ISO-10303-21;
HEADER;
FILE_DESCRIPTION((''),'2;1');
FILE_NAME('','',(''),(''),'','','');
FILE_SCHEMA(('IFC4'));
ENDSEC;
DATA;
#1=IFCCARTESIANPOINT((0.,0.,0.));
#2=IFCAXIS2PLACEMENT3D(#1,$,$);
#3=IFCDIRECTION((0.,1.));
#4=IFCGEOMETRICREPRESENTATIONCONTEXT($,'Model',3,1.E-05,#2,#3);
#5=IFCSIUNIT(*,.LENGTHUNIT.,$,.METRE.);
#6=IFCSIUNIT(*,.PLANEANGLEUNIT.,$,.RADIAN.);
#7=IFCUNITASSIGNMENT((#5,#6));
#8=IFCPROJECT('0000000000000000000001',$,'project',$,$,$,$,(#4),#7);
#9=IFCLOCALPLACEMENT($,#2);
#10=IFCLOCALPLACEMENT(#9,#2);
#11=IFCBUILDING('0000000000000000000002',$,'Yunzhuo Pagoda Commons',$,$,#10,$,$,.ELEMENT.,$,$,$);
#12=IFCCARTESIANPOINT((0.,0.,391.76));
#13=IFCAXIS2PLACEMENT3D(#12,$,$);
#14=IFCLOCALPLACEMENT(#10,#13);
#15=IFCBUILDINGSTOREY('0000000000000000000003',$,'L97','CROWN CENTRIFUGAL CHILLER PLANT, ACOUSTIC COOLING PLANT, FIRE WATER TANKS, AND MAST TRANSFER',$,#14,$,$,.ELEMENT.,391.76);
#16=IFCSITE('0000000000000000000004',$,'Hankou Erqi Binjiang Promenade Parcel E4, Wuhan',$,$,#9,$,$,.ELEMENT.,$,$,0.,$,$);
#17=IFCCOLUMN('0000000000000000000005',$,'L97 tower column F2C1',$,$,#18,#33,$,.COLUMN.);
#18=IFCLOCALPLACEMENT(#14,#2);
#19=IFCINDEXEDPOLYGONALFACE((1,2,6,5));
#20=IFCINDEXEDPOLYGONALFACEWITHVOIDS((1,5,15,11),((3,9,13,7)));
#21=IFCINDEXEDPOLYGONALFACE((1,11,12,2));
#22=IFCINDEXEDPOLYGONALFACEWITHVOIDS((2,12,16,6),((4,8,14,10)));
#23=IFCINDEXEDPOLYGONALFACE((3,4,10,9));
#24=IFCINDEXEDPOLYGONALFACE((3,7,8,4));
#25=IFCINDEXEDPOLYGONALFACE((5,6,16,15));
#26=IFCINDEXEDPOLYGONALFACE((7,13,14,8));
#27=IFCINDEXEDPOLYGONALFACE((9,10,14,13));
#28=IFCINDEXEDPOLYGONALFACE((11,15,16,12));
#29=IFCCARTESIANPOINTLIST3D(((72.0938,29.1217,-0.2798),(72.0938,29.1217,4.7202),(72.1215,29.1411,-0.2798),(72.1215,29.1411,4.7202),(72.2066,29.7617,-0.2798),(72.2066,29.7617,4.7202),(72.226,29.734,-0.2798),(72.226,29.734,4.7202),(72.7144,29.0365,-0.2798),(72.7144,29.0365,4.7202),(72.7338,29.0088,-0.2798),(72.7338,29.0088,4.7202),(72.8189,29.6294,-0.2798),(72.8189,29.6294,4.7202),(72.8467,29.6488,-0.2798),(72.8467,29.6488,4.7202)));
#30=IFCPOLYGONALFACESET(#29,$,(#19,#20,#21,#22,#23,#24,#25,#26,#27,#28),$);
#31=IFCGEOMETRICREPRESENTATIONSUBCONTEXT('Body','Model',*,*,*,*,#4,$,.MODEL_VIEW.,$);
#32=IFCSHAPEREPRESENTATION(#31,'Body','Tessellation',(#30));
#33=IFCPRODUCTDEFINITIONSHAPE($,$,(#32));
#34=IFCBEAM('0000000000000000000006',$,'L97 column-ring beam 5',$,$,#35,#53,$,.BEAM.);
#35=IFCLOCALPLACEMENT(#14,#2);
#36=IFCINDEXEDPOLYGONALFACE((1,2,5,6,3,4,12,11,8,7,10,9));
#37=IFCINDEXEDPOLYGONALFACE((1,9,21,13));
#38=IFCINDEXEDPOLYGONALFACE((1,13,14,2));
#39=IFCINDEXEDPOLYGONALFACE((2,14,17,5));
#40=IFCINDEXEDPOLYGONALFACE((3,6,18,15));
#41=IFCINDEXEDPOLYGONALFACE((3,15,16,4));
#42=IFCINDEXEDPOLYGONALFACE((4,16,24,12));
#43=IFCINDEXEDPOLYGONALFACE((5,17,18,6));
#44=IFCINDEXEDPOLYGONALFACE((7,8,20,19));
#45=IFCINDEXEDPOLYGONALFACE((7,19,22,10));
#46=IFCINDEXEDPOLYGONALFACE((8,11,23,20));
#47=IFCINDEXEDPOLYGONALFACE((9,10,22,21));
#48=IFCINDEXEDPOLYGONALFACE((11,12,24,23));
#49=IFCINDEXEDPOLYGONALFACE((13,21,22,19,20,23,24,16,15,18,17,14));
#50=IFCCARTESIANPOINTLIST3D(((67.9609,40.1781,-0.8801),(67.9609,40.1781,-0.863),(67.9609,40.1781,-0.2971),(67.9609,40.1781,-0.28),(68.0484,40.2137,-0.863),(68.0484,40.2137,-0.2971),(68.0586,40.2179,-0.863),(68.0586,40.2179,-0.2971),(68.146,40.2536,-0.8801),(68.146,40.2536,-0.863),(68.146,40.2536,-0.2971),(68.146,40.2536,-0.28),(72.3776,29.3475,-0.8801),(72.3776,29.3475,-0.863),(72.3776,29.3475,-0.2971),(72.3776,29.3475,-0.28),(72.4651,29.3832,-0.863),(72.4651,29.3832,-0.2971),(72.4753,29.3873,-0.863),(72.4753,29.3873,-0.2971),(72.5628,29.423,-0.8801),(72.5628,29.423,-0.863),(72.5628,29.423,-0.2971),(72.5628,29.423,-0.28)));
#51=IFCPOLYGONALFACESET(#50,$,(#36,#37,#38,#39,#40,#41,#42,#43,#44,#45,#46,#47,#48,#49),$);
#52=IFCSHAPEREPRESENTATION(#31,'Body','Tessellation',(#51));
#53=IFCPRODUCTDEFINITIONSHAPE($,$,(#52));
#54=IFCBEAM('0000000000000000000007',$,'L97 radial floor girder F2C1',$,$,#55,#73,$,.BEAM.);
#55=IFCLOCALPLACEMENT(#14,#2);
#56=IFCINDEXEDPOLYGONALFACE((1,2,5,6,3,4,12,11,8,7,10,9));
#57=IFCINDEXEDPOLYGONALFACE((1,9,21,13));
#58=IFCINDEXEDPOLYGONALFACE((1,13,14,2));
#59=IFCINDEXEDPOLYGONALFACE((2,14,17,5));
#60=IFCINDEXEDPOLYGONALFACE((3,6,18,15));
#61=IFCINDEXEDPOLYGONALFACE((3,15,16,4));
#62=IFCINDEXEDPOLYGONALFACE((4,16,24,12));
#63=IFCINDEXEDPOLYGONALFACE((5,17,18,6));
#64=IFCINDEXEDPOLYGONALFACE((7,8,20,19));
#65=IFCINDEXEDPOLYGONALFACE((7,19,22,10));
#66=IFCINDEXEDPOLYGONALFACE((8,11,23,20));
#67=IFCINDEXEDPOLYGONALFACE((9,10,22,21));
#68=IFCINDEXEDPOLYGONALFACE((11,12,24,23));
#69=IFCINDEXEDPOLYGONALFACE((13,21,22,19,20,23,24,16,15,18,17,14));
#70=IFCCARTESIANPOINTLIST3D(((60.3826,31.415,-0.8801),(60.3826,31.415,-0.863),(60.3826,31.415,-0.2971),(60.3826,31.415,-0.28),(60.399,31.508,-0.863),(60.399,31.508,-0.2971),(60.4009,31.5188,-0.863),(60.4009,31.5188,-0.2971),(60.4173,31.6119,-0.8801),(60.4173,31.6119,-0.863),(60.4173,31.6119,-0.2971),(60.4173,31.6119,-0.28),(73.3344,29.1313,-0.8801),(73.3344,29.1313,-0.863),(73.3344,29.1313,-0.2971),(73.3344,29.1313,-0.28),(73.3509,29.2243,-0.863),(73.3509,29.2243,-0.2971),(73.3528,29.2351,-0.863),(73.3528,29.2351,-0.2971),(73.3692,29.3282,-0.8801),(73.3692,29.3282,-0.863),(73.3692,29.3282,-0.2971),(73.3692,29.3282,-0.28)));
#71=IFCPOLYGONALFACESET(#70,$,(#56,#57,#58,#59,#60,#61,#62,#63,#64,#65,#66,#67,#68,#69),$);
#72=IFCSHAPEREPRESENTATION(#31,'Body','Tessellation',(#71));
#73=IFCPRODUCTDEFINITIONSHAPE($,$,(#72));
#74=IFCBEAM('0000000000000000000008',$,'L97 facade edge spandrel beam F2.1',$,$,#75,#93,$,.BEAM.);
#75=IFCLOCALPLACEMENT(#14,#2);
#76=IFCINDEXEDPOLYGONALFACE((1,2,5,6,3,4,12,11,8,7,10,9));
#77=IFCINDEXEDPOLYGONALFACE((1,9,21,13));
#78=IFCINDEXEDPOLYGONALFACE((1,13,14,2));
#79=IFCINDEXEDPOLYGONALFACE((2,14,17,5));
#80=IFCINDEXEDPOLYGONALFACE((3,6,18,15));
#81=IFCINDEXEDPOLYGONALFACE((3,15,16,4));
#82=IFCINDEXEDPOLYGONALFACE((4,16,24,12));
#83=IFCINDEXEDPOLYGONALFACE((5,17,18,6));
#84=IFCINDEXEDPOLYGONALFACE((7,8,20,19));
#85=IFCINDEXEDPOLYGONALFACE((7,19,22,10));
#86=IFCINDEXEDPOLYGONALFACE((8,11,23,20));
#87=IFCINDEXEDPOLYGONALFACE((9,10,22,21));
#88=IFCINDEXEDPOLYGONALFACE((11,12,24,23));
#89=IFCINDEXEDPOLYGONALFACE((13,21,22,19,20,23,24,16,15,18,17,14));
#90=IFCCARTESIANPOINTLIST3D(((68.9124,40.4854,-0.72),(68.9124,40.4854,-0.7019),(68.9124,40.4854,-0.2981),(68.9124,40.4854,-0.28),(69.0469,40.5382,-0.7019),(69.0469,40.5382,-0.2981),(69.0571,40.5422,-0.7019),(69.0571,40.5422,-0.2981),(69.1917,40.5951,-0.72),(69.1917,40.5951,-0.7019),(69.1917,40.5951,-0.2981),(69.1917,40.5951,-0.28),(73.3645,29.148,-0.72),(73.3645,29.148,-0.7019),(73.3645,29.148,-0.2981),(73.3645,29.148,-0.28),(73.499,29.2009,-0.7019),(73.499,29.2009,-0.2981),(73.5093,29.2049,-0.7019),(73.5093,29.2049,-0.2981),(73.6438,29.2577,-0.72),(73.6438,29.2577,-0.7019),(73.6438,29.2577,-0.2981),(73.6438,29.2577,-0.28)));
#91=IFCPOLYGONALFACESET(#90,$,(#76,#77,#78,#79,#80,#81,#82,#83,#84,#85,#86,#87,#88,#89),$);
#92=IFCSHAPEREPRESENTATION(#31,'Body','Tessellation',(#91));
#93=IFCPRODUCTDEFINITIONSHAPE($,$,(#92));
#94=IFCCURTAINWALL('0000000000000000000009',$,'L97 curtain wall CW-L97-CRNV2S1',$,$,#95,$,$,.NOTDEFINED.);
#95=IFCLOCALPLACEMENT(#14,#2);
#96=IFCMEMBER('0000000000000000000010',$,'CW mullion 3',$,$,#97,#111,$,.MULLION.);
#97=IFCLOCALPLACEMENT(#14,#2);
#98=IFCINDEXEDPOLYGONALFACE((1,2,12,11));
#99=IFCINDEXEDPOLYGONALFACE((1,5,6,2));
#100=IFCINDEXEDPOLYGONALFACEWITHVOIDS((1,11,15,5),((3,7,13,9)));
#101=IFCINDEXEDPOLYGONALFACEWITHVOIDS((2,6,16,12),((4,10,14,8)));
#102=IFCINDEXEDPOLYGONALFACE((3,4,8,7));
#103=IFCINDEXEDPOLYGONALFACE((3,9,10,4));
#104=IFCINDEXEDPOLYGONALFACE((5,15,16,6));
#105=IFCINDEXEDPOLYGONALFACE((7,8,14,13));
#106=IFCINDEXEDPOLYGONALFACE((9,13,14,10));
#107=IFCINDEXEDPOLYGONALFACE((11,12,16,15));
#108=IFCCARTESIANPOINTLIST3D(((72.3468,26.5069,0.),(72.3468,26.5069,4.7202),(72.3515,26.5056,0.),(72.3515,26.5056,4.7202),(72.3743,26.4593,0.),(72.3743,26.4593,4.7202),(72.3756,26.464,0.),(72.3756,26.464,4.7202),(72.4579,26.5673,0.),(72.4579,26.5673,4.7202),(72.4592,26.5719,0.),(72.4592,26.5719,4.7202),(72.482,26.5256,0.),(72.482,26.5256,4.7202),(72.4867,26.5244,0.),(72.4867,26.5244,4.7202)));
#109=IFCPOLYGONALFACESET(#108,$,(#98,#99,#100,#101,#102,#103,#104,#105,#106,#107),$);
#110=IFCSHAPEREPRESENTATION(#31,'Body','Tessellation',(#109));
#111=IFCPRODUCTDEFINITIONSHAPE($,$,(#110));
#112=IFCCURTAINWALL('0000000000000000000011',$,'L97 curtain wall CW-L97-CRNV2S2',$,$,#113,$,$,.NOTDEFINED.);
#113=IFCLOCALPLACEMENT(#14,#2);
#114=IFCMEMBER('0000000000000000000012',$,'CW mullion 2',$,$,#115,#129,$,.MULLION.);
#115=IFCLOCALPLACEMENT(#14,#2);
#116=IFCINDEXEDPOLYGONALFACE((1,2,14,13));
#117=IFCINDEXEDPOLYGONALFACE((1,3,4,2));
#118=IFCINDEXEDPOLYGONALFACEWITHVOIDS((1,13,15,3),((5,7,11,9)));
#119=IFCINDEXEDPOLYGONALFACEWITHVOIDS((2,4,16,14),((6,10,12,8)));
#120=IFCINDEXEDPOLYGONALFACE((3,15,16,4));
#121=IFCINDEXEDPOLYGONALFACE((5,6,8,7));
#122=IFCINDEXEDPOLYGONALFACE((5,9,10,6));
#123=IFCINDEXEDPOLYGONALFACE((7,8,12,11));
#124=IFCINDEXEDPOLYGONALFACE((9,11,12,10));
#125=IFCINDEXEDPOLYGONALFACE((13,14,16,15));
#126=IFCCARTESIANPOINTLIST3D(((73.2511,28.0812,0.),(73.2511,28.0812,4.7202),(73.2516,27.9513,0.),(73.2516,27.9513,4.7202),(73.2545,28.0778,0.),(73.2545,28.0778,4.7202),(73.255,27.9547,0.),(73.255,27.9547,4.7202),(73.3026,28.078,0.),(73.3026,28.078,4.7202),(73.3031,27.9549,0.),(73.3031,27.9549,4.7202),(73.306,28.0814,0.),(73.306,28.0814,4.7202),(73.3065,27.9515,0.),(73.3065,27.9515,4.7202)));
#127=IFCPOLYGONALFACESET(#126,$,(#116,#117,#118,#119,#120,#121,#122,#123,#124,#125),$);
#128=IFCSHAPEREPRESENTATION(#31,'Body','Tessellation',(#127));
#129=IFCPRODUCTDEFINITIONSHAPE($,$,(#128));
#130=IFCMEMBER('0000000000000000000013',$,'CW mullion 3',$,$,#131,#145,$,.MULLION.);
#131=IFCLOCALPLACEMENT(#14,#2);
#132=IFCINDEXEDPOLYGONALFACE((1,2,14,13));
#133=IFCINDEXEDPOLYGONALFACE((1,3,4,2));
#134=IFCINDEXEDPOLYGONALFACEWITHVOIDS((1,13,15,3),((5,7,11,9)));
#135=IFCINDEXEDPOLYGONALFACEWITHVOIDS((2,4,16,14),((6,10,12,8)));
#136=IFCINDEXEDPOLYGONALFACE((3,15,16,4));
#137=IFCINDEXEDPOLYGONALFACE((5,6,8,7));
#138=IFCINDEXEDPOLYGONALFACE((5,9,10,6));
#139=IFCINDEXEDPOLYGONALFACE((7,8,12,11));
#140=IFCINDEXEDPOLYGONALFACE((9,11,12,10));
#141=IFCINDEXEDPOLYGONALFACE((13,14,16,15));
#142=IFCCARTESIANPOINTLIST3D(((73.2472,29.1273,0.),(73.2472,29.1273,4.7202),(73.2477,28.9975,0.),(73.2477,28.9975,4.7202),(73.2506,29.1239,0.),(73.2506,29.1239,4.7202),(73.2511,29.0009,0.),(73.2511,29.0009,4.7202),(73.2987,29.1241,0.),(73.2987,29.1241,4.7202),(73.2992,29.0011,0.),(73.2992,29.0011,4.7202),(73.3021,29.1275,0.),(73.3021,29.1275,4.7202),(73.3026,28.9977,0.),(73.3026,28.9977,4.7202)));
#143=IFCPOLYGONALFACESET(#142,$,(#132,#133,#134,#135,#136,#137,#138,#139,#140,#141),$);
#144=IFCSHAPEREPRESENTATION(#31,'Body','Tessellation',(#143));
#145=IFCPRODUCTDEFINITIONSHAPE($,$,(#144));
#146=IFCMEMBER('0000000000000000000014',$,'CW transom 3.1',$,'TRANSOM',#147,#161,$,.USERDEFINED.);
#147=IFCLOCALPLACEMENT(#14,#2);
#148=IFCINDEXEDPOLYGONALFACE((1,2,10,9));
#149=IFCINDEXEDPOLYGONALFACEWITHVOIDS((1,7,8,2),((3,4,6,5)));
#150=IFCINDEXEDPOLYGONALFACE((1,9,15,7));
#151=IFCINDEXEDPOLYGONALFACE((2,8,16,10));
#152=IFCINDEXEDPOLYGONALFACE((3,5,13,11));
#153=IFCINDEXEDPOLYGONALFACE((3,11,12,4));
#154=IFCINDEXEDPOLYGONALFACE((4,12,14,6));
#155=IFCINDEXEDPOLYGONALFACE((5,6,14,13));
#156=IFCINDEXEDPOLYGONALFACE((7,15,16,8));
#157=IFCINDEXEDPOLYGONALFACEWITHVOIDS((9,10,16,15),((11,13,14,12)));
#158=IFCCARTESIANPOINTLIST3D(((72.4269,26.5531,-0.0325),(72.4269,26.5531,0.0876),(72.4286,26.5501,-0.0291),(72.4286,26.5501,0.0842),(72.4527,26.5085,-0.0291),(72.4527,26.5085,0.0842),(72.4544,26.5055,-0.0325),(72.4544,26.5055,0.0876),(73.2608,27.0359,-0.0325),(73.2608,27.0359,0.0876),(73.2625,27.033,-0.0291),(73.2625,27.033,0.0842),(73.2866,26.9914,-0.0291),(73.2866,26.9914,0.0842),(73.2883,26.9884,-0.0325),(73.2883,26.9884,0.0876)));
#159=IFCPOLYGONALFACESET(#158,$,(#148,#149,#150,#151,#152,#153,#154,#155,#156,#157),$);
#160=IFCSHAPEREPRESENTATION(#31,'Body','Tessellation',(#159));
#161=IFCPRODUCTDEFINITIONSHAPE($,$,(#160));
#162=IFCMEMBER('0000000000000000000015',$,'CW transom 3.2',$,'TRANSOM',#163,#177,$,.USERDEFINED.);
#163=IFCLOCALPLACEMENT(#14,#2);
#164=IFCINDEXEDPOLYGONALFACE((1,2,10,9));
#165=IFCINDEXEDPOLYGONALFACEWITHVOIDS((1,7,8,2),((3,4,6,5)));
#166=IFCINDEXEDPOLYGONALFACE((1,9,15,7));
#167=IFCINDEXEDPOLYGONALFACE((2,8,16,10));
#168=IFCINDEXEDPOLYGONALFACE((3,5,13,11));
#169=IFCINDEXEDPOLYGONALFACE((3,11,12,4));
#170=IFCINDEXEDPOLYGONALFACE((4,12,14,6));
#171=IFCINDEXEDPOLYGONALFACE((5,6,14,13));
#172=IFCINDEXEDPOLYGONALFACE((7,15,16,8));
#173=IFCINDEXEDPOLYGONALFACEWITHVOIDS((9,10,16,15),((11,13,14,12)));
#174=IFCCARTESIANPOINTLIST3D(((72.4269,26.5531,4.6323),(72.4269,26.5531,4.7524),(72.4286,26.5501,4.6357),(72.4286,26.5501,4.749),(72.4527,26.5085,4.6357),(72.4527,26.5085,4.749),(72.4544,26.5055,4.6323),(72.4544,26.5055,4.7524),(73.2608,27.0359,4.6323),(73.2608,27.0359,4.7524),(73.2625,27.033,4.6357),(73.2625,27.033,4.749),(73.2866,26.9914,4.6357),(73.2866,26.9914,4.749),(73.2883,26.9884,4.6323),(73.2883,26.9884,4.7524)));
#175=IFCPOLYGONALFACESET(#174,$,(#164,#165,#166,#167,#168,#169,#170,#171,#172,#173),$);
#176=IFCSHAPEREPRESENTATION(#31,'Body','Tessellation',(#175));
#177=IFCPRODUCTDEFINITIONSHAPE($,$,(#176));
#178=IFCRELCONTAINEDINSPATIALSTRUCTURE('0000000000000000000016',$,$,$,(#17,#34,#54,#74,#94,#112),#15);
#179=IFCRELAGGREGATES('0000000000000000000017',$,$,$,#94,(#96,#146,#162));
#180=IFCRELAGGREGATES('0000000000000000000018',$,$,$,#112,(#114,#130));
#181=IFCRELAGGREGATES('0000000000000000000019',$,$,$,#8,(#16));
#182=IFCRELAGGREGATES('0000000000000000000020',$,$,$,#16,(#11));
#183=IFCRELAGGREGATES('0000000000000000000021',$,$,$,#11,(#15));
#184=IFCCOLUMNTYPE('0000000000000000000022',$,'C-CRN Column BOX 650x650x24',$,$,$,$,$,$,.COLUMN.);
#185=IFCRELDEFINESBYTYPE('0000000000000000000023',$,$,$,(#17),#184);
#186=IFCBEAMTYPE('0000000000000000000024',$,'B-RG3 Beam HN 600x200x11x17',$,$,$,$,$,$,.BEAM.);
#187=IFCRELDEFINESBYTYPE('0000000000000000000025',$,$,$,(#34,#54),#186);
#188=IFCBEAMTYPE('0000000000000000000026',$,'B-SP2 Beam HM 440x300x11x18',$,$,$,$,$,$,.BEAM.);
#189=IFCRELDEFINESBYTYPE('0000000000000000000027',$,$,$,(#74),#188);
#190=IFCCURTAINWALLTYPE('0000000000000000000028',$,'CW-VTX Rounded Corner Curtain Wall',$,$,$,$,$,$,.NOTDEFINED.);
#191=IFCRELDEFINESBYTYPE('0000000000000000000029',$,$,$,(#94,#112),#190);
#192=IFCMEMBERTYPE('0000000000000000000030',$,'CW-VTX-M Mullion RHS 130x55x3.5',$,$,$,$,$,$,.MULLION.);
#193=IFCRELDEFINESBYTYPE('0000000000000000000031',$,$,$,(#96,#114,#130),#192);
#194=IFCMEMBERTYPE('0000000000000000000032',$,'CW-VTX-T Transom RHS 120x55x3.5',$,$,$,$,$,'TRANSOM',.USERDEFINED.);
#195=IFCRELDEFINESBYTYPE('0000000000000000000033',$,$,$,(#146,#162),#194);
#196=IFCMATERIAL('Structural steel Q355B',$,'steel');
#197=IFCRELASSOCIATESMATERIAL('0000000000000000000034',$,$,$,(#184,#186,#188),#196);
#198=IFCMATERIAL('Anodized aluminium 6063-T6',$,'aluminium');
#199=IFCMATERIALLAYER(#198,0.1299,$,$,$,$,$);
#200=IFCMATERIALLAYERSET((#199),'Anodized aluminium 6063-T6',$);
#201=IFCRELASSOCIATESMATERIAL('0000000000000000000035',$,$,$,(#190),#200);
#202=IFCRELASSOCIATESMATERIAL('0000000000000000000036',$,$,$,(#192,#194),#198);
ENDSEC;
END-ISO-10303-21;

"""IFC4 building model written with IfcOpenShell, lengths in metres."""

from ifc_helpers import new_model, si_unit, direction, frame, origin, origin_2d, place, context, subcontext, project, spatial, hollow_rectangle, i_section, extrude, source, transform, mapped, material, layer, layer_set, material_profile, profile_set, type_object, element, aggregate, save


model = new_model("IFC4")

# Units and contexts
model_context = context("Model", 3, precision=1e-05, world=origin(), true_north=direction((0.0, 1.0)))
body_context = subcontext(model_context, "Body", "Model", "MODEL_VIEW")
ifc_project = project(units=[si_unit("LENGTHUNIT", "METRE"), si_unit("PLANEANGLEUNIT", "RADIAN")], contexts=[model_context])

# Site, building, storey
site_placement = place(None, origin())
site = spatial("IfcSite", under=ifc_project, at=site_placement, Name="Hankou Erqi Binjiang Promenade Parcel E4, Wuhan", CompositionType="ELEMENT", RefElevation=0.0)
building_placement = place(site_placement, origin())
building = spatial("IfcBuilding", under=site, at=building_placement, Name="Yunzhuo Pagoda Commons", CompositionType="ELEMENT")
storey_placement = place(building_placement, frame((0.0, 0.0, 391.76)))
storey = spatial("IfcBuildingStorey", under=building, at=storey_placement, Name="L97", Description="CROWN CENTRIFUGAL CHILLER PLANT, ACOUSTIC COOLING PLANT, FIRE WATER TANKS, AND MAST TRANSFER", CompositionType="ELEMENT", Elevation=391.76)

# Column
ifc_material_1 = material(Name="Structural steel Q355B", Category="steel")
ifc_material_profile_1 = material_profile(ifc_material_1, hollow_rectangle(XDim=0.6499, YDim=0.6499, WallThickness=0.0239, at=origin_2d()), Name="Structural steel Q355B")
ifc_profile_set_1 = profile_set([ifc_material_profile_1], Name="Structural steel Q355B")
column_type = type_object("IfcColumnType", Name="C-CRN Column BOX 650x650x24", PredefinedType="COLUMN", material=ifc_profile_set_1)
shared_shape_1 = source(origin(), body_context, "Body", "SweptSolid", [
    extrude(hollow_rectangle(XDim=0.6499, YDim=0.6499, WallThickness=0.0239, at=origin_2d()), origin(), (0.0, 0.0, 1.0), 5.0),
])
column_placement = place(storey_placement, frame((72.4702, 29.3853, -0.2798), z_axis=(0.0, 0.0, 1.0), x_axis=(0.173648, 0.984808, 0.0)))
element("IfcColumn", 1, at=column_placement, inside=storey, type_object=column_type, Name="L97 tower column F2C1", PredefinedType="COLUMN", context=body_context, shape_type="MappedRepresentation", body=[
    mapped(shared_shape_1, transform((0.0, 0.0, 0.0), scale=1.0)),
])

# Beams
ifc_material_profile_2 = material_profile(ifc_material_1, i_section(OverallWidth=0.2, OverallDepth=0.6001, WebThickness=0.011, FlangeThickness=0.0171, at=origin_2d()), Name="Structural steel Q355B")
ifc_profile_set_2 = profile_set([ifc_material_profile_2], Name="Structural steel Q355B")
beam_type_1 = type_object("IfcBeamType", Name="B-RG3 Beam HN 600x200x11x17", PredefinedType="BEAM", material=ifc_profile_set_2)
shared_shape_2 = source(origin(), body_context, "Body", "SweptSolid", [
    extrude(i_section(OverallWidth=0.2, OverallDepth=0.6001, WebThickness=0.011, FlangeThickness=0.0171, at=origin_2d()), origin(), (0.0, 0.0, 1.0), 11.6965),
])
beam_1_placement = place(storey_placement, frame((72.4702, 29.3853, -0.5801), z_axis=(-0.377612, 0.925964, 0.0), x_axis=(-0.925964, -0.377612, 0.0)))
element("IfcBeam", 2, at=beam_1_placement, inside=storey, type_object=beam_type_1, Name="L97 column-ring beam 5", PredefinedType="BEAM", context=body_context, shape_type="MappedRepresentation", body=[
    mapped(shared_shape_2, transform((0.0, 0.0, 0.0), scale=1.0)),
])
shared_shape_3 = source(origin(), body_context, "Body", "SweptSolid", [
    extrude(i_section(OverallWidth=0.2, OverallDepth=0.6001, WebThickness=0.011, FlangeThickness=0.0171, at=origin_2d()), origin(), (0.0, 0.0, 1.0), 13.1516),
])
beam_2_placement = place(storey_placement, frame((73.3518, 29.2297, -0.5801), z_axis=(-0.984809, 0.173642, 0.0), x_axis=(-0.173642, -0.984809, 0.0)))
element("IfcBeam", 3, at=beam_2_placement, inside=storey, type_object=beam_type_1, Name="L97 radial floor girder F2C1", PredefinedType="BEAM", context=body_context, shape_type="MappedRepresentation", body=[
    mapped(shared_shape_3, transform((0.0, 0.0, 0.0), scale=1.0)),
])
ifc_material_profile_3 = material_profile(ifc_material_1, i_section(OverallWidth=0.3, OverallDepth=0.4399, WebThickness=0.011, FlangeThickness=0.0181, at=origin_2d()), Name="Structural steel Q355B")
ifc_profile_set_3 = profile_set([ifc_material_profile_3], Name="Structural steel Q355B")
beam_type_2 = type_object("IfcBeamType", Name="B-SP2 Beam HM 440x300x11x18", PredefinedType="BEAM", material=ifc_profile_set_3)
shared_shape_4 = source(origin(), body_context, "Body", "SweptSolid", [
    extrude(i_section(OverallWidth=0.3, OverallDepth=0.4399, WebThickness=0.011, FlangeThickness=0.0181, at=origin_2d()), origin(), (0.0, 0.0, 1.0), 12.1802),
])
beam_3_placement = place(storey_placement, frame((73.5042, 29.2029, -0.5), z_axis=(-0.365522, 0.930803, 0.0), x_axis=(-0.930803, -0.365522, 0.0)))
element("IfcBeam", 4, at=beam_3_placement, inside=storey, type_object=beam_type_2, Name="L97 facade edge spandrel beam F2.1", PredefinedType="BEAM", context=body_context, shape_type="MappedRepresentation", body=[
    mapped(shared_shape_4, transform((0.0, 0.0, 0.0), scale=1.0)),
])

# Curtain wall, member
ifc_material_2 = material(Name="Anodized aluminium 6063-T6", Category="aluminium")
ifc_layer_1 = layer(ifc_material_2, 0.1299)
ifc_layer_set_1 = layer_set([ifc_layer_1], Name="Anodized aluminium 6063-T6")
curtain_wall_type = type_object("IfcCurtainWallType", Name="CW-VTX Rounded Corner Curtain Wall", PredefinedType="NOTDEFINED", material=ifc_layer_set_1)
curtain_wall_1_placement = place(storey_placement, origin())
curtain_wall_1 = element("IfcCurtainWall", 5, at=curtain_wall_1_placement, inside=storey, type_object=curtain_wall_type, Name="L97 curtain wall CW-L97-CRNV2S1", PredefinedType="NOTDEFINED")
ifc_material_profile_4 = material_profile(ifc_material_2, hollow_rectangle(XDim=0.0549, YDim=0.1299, WallThickness=0.0034, at=origin_2d()), Name="Anodized aluminium 6063-T6")
ifc_profile_set_4 = profile_set([ifc_material_profile_4], Name="Anodized aluminium 6063-T6")
member_type_1 = type_object("IfcMemberType", Name="CW-VTX-M Mullion RHS 130x55x3.5", PredefinedType="MULLION", material=ifc_profile_set_4)
shared_shape_5 = source(origin(), body_context, "Body", "SweptSolid", [
    extrude(hollow_rectangle(XDim=0.0549, YDim=0.1299, WallThickness=0.0034, at=origin_2d()), origin(), (0.0, 0.0, 1.0), 4.7202),
])
member_1_placement = place(storey_placement, frame((72.4167, 26.5156, 0.0), z_axis=(0.0, 0.0, 1.0), x_axis=(-0.501041, 0.865423, 0.0)))
member_1 = element("IfcMember", 6, at=member_1_placement, type_object=member_type_1, Name="CW mullion 3", PredefinedType="MULLION", context=body_context, shape_type="MappedRepresentation", body=[
    mapped(shared_shape_5, transform((0.0, 0.0, 0.0), scale=1.0)),
])

# Curtain wall, members
curtain_wall_2_placement = place(storey_placement, origin())
curtain_wall_2 = element("IfcCurtainWall", 7, at=curtain_wall_2_placement, inside=storey, type_object=curtain_wall_type, Name="L97 curtain wall CW-L97-CRNV2S2", PredefinedType="NOTDEFINED")
member_2_placement = place(storey_placement, frame((73.2788, 28.0164, 0.0), z_axis=(0.0, 0.0, 1.0), x_axis=(-0.999994, -0.003569, 0.0)))
member_2 = element("IfcMember", 8, at=member_2_placement, type_object=member_type_1, Name="CW mullion 2", PredefinedType="MULLION", context=body_context, shape_type="MappedRepresentation", body=[
    mapped(shared_shape_5, transform((0.0, 0.0, 0.0), scale=1.0)),
])
member_3_placement = place(storey_placement, frame((73.2749, 29.0625, 0.0), z_axis=(0.0, 0.0, 1.0), x_axis=(-0.999994, -0.003569, 0.0)))
member_3 = element("IfcMember", 9, at=member_3_placement, type_object=member_type_1, Name="CW mullion 3", PredefinedType="MULLION", context=body_context, shape_type="MappedRepresentation", body=[
    mapped(shared_shape_5, transform((0.0, 0.0, 0.0), scale=1.0)),
])

# Members
ifc_material_profile_5 = material_profile(ifc_material_2, hollow_rectangle(XDim=0.0549, YDim=0.1201, WallThickness=0.0034, at=origin_2d()), Name="Anodized aluminium 6063-T6")
ifc_profile_set_5 = profile_set([ifc_material_profile_5], Name="Anodized aluminium 6063-T6")
member_type_2 = type_object("IfcMemberType", Name="CW-VTX-T Transom RHS 120x55x3.5", ElementType="TRANSOM", PredefinedType="USERDEFINED", material=ifc_profile_set_5)
shared_shape_6 = source(origin(), body_context, "Body", "SweptSolid", [
    extrude(hollow_rectangle(XDim=0.0549, YDim=0.1201, WallThickness=0.0034, at=origin_2d()), origin(), (0.0, 0.0, 1.0), 0.9636),
])
member_4_placement = place(storey_placement, frame((72.4407, 26.5293, 0.0276), z_axis=(0.865392, 0.501096, 0.0), x_axis=(-0.501096, 0.865392, 0.0)))
member_4 = element("IfcMember", 10, at=member_4_placement, type_object=member_type_2, Name="CW transom 3.1", ObjectType="TRANSOM", PredefinedType="USERDEFINED", context=body_context, shape_type="MappedRepresentation", body=[
    mapped(shared_shape_6, transform((0.0, 0.0, 0.0), scale=1.0)),
])
member_5_placement = place(storey_placement, frame((72.4407, 26.5293, 4.6924), z_axis=(0.865392, 0.501096, 0.0), x_axis=(-0.501096, 0.865392, 0.0)))
member_5 = element("IfcMember", 11, at=member_5_placement, type_object=member_type_2, Name="CW transom 3.2", ObjectType="TRANSOM", PredefinedType="USERDEFINED", context=body_context, shape_type="MappedRepresentation", body=[
    mapped(shared_shape_6, transform((0.0, 0.0, 0.0), scale=1.0)),
])

aggregate(curtain_wall_1, [member_1, member_4, member_5])
aggregate(curtain_wall_2, [member_2, member_3])

save(model, "model.ifc")
